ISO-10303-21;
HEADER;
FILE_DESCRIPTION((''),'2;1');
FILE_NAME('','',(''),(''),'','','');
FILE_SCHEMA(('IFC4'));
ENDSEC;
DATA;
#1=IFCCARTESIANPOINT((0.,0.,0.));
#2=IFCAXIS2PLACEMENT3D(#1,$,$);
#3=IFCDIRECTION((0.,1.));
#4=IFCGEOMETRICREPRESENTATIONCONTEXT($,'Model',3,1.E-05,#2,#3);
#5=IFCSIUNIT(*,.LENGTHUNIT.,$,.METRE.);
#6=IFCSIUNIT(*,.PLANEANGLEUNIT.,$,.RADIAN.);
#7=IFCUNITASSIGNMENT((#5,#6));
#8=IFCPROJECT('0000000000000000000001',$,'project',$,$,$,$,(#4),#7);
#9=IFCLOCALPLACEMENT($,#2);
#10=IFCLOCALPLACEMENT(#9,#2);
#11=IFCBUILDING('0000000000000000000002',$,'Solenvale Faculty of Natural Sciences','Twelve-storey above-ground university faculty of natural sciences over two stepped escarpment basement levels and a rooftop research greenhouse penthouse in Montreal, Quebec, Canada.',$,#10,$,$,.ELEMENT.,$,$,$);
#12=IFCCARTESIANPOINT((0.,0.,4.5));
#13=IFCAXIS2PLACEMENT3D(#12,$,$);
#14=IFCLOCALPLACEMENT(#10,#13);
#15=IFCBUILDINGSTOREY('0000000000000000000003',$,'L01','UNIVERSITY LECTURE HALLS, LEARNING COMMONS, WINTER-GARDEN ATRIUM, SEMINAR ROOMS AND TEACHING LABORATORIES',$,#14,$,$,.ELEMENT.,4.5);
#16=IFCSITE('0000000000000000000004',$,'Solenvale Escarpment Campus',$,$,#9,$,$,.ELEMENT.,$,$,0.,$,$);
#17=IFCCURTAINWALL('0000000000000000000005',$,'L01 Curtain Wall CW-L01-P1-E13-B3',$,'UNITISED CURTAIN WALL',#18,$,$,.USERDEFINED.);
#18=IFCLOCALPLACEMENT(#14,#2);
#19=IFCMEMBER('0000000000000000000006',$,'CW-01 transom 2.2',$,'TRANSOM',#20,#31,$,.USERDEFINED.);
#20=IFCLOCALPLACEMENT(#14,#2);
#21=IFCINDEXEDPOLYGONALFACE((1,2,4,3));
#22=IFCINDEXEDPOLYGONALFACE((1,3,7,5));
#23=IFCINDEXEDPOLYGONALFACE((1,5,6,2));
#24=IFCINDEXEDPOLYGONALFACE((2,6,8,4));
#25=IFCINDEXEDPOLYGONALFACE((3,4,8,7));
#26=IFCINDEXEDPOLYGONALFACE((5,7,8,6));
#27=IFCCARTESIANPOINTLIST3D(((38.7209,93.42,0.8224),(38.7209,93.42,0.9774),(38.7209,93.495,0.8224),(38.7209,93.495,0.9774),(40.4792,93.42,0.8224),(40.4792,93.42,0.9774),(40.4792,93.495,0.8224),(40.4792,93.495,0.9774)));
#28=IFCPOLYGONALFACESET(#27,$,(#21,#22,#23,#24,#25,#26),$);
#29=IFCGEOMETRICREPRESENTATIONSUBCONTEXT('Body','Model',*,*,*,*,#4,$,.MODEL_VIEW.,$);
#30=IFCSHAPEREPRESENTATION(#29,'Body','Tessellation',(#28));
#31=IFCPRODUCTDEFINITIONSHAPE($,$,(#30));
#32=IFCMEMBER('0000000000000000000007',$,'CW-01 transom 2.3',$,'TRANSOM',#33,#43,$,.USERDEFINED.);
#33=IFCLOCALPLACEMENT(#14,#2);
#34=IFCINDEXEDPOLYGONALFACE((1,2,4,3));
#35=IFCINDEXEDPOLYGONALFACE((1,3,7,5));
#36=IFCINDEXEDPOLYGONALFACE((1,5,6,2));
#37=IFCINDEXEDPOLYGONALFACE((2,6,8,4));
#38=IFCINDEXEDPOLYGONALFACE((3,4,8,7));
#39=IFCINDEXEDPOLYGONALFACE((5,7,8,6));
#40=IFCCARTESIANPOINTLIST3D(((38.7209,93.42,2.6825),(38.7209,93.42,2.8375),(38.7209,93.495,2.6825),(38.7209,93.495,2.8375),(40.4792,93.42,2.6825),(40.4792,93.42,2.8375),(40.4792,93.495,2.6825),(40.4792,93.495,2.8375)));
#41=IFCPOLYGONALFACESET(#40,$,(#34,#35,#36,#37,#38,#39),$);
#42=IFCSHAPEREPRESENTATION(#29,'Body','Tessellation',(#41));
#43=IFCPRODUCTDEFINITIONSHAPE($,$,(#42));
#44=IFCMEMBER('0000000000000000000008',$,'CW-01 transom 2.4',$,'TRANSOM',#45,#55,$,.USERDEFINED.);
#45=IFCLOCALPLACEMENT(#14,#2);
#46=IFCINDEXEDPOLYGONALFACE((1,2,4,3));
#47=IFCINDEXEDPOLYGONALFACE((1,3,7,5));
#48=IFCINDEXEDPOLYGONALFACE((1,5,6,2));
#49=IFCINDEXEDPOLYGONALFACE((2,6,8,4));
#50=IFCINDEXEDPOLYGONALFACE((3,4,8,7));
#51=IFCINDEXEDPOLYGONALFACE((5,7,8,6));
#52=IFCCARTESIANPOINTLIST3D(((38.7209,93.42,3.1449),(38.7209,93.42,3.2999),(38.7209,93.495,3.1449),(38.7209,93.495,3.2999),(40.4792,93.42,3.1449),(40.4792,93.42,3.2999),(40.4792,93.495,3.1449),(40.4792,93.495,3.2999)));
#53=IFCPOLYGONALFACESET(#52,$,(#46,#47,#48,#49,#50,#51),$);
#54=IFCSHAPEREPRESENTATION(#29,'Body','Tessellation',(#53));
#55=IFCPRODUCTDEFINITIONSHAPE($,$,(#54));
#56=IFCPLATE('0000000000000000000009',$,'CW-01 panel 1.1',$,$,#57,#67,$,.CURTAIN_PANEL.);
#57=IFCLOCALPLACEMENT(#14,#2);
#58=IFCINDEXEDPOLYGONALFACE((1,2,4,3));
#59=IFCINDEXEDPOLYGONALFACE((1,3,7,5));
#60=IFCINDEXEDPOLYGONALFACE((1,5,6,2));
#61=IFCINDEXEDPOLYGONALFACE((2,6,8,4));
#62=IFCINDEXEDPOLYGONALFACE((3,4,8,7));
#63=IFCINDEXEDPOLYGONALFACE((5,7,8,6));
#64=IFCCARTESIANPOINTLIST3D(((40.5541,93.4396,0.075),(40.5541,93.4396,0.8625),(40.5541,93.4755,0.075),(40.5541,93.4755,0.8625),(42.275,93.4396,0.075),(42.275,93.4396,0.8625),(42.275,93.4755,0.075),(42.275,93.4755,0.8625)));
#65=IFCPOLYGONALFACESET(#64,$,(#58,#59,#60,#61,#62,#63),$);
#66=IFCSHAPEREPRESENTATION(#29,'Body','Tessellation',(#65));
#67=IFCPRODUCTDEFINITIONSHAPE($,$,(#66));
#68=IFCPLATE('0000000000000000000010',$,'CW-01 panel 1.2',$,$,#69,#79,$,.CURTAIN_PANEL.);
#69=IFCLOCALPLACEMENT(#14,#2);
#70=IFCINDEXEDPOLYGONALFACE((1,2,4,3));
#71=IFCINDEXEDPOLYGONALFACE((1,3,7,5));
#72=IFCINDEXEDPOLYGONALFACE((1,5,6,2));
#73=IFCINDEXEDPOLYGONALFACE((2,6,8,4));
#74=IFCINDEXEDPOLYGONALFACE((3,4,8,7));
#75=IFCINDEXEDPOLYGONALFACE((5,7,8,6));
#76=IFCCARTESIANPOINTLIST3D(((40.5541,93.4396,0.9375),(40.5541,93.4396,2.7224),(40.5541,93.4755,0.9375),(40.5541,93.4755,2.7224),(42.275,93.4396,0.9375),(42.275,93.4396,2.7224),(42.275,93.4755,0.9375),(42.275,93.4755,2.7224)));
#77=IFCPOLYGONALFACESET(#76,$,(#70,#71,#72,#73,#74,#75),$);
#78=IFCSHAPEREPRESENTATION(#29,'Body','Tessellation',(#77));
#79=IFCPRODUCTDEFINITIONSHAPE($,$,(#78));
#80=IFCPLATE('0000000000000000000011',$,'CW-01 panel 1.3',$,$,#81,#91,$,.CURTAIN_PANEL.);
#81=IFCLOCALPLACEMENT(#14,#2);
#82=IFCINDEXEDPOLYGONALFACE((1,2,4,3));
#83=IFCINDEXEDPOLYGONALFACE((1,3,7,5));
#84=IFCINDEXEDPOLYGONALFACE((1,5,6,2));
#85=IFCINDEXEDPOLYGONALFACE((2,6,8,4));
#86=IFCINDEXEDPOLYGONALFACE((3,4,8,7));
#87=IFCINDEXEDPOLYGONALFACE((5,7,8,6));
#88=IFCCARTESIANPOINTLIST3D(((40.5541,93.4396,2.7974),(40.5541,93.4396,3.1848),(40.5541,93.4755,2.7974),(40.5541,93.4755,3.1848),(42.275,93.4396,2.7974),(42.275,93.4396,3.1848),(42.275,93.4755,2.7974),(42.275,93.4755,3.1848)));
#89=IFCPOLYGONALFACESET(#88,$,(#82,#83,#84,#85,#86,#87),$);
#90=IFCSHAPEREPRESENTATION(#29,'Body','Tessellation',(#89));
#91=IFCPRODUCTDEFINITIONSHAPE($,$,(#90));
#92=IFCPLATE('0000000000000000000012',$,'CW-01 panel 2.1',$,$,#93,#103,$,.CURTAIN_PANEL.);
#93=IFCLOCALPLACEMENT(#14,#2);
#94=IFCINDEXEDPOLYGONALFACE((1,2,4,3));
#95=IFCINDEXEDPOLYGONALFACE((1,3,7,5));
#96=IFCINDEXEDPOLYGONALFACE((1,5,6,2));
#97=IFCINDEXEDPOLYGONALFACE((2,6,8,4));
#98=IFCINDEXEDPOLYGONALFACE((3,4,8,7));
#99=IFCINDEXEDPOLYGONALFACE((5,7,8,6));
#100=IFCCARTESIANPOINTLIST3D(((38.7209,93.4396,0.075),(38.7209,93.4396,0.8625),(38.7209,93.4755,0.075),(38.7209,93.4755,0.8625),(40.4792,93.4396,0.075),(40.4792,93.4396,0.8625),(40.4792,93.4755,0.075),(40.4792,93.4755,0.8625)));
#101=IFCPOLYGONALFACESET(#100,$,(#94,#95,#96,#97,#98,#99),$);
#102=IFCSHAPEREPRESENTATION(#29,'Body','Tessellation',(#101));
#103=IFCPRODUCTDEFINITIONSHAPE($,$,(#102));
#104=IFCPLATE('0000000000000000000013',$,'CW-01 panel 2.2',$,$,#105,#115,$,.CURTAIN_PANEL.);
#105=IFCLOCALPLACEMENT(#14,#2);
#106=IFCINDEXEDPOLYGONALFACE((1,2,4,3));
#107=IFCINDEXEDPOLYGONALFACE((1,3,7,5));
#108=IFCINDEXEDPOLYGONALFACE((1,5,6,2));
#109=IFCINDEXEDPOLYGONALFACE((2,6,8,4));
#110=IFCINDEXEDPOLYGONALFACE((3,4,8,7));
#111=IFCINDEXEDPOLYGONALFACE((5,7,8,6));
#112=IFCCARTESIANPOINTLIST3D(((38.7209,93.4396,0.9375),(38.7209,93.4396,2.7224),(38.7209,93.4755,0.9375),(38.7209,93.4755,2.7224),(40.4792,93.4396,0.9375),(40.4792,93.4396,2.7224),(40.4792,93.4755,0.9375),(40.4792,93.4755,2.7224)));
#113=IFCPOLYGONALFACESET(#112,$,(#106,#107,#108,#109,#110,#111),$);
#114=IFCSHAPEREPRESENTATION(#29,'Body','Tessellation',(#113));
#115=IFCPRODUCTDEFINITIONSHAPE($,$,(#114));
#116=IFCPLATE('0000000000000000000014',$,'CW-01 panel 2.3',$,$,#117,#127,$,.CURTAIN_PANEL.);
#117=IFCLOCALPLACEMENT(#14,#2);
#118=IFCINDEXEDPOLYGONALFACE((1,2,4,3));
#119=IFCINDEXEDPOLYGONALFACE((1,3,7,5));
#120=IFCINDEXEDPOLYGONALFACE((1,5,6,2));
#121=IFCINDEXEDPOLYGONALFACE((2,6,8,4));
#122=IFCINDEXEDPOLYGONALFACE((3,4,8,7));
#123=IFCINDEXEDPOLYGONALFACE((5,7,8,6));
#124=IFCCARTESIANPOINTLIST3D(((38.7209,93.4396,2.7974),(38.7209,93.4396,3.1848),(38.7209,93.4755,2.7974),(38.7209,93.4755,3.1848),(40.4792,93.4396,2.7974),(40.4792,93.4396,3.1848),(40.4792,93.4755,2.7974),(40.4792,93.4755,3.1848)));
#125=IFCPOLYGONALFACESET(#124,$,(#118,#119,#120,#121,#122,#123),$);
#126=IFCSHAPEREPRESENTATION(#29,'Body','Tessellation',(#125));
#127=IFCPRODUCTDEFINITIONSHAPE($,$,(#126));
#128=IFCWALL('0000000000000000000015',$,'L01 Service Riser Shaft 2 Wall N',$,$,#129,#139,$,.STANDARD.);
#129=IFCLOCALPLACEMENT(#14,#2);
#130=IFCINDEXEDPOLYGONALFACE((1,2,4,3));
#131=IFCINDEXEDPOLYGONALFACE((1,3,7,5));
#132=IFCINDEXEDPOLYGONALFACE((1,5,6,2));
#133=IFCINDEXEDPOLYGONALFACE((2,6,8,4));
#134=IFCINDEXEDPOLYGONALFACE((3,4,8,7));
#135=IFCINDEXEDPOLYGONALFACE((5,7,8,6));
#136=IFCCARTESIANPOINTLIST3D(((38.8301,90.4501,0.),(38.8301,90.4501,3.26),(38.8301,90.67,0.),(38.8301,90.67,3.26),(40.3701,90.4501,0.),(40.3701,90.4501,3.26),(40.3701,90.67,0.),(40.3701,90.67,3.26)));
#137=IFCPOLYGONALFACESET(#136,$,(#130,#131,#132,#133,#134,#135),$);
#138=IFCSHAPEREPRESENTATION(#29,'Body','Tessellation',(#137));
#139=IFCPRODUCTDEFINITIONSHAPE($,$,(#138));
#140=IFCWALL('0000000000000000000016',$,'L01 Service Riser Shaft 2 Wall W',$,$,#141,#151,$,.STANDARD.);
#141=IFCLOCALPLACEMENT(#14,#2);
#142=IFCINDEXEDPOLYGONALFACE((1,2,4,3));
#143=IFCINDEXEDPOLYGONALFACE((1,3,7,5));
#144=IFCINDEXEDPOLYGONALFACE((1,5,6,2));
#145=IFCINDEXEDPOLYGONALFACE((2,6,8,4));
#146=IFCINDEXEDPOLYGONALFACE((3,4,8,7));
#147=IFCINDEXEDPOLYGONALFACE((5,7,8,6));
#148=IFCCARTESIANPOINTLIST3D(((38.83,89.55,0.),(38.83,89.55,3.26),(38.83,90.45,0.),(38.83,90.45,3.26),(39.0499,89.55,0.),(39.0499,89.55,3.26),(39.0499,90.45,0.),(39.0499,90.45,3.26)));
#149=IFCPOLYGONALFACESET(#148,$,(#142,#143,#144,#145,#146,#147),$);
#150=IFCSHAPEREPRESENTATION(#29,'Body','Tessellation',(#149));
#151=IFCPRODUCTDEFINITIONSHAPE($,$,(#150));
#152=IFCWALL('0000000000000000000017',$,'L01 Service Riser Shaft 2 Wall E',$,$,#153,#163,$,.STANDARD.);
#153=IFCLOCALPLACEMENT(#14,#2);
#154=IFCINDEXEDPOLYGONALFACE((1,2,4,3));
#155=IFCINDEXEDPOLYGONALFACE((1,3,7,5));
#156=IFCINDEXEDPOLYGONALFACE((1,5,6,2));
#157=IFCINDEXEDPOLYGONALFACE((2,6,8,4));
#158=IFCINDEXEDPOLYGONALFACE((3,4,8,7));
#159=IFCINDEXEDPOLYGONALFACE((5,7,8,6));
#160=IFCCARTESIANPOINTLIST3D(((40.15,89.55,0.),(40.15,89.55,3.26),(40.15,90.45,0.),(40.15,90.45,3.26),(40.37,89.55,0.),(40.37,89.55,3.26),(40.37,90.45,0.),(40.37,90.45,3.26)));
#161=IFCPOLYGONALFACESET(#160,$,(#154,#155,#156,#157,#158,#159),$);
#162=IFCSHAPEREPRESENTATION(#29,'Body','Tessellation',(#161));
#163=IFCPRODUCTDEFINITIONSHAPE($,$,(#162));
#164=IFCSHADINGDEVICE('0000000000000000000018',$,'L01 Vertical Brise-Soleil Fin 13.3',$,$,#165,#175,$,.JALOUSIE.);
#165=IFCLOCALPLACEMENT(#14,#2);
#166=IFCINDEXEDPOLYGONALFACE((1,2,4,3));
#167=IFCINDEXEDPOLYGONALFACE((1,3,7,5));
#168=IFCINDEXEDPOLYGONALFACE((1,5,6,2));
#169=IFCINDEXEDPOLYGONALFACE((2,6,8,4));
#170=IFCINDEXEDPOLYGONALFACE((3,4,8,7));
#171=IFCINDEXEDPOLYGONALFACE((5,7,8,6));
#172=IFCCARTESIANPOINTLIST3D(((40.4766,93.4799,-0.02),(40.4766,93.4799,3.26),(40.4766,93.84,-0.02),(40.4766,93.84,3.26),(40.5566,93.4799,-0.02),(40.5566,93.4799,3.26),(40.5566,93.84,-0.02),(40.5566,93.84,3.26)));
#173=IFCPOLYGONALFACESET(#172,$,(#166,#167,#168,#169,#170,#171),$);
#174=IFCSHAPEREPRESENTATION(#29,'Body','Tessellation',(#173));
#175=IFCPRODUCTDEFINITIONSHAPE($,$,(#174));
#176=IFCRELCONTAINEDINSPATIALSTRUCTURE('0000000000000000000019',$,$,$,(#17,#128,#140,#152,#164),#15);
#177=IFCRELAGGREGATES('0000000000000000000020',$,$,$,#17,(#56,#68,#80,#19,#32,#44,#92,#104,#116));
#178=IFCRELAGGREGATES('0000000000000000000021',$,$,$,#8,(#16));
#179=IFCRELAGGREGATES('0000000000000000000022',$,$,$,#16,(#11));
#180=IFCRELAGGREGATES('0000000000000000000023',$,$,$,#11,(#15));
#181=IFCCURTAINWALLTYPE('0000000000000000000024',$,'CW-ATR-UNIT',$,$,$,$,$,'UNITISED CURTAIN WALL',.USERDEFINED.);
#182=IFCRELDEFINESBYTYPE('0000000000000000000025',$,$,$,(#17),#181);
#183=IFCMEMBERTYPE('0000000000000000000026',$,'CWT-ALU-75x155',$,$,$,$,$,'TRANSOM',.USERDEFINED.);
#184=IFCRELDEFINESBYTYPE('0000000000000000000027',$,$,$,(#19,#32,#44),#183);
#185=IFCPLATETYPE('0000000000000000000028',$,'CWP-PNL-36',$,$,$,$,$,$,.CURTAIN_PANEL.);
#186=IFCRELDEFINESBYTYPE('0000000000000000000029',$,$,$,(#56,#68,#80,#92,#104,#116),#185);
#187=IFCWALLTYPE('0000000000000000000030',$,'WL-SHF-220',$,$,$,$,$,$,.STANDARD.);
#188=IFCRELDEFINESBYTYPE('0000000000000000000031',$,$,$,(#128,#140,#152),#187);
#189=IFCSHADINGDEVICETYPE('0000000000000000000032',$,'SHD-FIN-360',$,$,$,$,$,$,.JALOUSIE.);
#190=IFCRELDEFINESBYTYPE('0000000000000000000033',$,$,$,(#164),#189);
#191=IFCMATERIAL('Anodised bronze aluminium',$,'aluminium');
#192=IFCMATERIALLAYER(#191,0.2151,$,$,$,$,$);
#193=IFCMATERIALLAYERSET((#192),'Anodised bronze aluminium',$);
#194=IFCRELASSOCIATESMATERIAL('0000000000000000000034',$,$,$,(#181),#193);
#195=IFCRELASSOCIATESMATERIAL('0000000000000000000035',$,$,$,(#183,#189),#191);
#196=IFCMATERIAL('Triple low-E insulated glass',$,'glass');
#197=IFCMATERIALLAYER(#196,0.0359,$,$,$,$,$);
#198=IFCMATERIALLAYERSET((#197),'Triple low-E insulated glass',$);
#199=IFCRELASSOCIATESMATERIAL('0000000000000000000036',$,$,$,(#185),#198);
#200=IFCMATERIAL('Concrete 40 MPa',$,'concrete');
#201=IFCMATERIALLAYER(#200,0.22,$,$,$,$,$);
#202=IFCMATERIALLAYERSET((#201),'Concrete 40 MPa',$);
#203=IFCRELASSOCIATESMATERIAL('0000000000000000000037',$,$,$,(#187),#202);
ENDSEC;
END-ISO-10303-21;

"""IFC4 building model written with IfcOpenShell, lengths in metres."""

from ifc_helpers import new_model, si_unit, direction, frame, frame_2d, origin, origin_2d, place, context, subcontext, project, spatial, rectangle, extrude, material, layer, layer_set, material_profile, profile_set, type_object, element, aggregate, save


model = new_model("IFC4")

# Units and contexts
model_context = context("Model", 3, precision=1e-05, world=origin(), true_north=direction((0.0, 1.0)))
body_context = subcontext(model_context, "Body", "Model", "MODEL_VIEW")
ifc_project = project(units=[si_unit("LENGTHUNIT", "METRE"), si_unit("PLANEANGLEUNIT", "RADIAN")], contexts=[model_context])

# Site, building, storey
site_placement = place(None, origin())
site = spatial("IfcSite", under=ifc_project, at=site_placement, Name="Solenvale Escarpment Campus", CompositionType="ELEMENT", RefElevation=0.0)
building_placement = place(site_placement, origin())
building = spatial("IfcBuilding", under=site, at=building_placement, Name="Solenvale Faculty of Natural Sciences", Description="Twelve-storey above-ground university faculty of natural sciences over two stepped escarpment basement levels and a rooftop research greenhouse penthouse in Montreal, Quebec, Canada.", CompositionType="ELEMENT")
storey_placement = place(building_placement, frame((0.0, 0.0, 4.5)))
storey = spatial("IfcBuildingStorey", under=building, at=storey_placement, Name="L01", Description="UNIVERSITY LECTURE HALLS, LEARNING COMMONS, WINTER-GARDEN ATRIUM, SEMINAR ROOMS AND TEACHING LABORATORIES", CompositionType="ELEMENT", Elevation=4.5)

# Shared definitions
ifc_material_1 = material(Name="Concrete 40 MPa", Category="concrete")

# Curtain wall, members, plates
ifc_material_2 = material(Name="Anodised bronze aluminium", Category="aluminium")
ifc_layer_1 = layer(ifc_material_2, 0.2151)
ifc_layer_set_1 = layer_set([ifc_layer_1], Name="Anodised bronze aluminium")
curtain_wall_type = type_object("IfcCurtainWallType", Name="CW-ATR-UNIT", ElementType="UNITISED CURTAIN WALL", PredefinedType="USERDEFINED", material=ifc_layer_set_1)
curtain_wall_placement = place(storey_placement, origin())
curtain_wall = element("IfcCurtainWall", 1, at=curtain_wall_placement, inside=storey, type_object=curtain_wall_type, Name="L01 Curtain Wall CW-L01-P1-E13-B3", ObjectType="UNITISED CURTAIN WALL", PredefinedType="USERDEFINED")
ifc_material_profile_1 = material_profile(ifc_material_2, rectangle(XDim=0.075, YDim=0.155, at=origin_2d()), Name="ALU-TRN-75x155")
ifc_profile_set_1 = profile_set([ifc_material_profile_1], Name="Anodised bronze aluminium")
member_type_1 = type_object("IfcMemberType", Name="CWT-ALU-75x155", ElementType="TRANSOM", PredefinedType="USERDEFINED", material=ifc_profile_set_1)
member_1_placement = place(storey_placement, frame((40.4792, 93.4575, 0.8999), z_axis=(-1.0, 0.0, 0.0), x_axis=(0.0, -1.0, 0.0)))
member_1 = element("IfcMember", 2, at=member_1_placement, type_object=member_type_1, Name="CW-01 transom 2.2", ObjectType="TRANSOM", PredefinedType="USERDEFINED", context=body_context, shape_type="SweptSolid", body=[
    extrude(rectangle(XDim=0.075, YDim=0.155, at=origin_2d()), origin(), (0.0, 0.0, 1.0), 1.7583),
])
member_2_placement = place(storey_placement, frame((40.4792, 93.4575, 2.76), z_axis=(-1.0, 0.0, 0.0), x_axis=(0.0, -1.0, 0.0)))
member_2 = element("IfcMember", 3, at=member_2_placement, type_object=member_type_1, Name="CW-01 transom 2.3", ObjectType="TRANSOM", PredefinedType="USERDEFINED", context=body_context, shape_type="SweptSolid", body=[
    extrude(rectangle(XDim=0.075, YDim=0.155, at=origin_2d()), origin(), (0.0, 0.0, 1.0), 1.7583),
])
member_3_placement = place(storey_placement, frame((40.4792, 93.4575, 3.2224), z_axis=(-1.0, 0.0, 0.0), x_axis=(0.0, -1.0, 0.0)))
member_3 = element("IfcMember", 4, at=member_3_placement, type_object=member_type_1, Name="CW-01 transom 2.4", ObjectType="TRANSOM", PredefinedType="USERDEFINED", context=body_context, shape_type="SweptSolid", body=[
    extrude(rectangle(XDim=0.075, YDim=0.155, at=origin_2d()), origin(), (0.0, 0.0, 1.0), 1.7583),
])
ifc_material_3 = material(Name="Triple low-E insulated glass", Category="glass")
ifc_layer_2 = layer(ifc_material_3, 0.0359)
ifc_layer_set_2 = layer_set([ifc_layer_2], Name="Triple low-E insulated glass")
plate_type = type_object("IfcPlateType", Name="CWP-PNL-36", PredefinedType="CURTAIN_PANEL", material=ifc_layer_set_2)
plate_1_placement = place(storey_placement, frame((41.4146, 93.4575, 0.075), z_axis=(0.0, 0.0, 1.0), x_axis=(-1.0, 0.0, 0.0)))
plate_1 = element("IfcPlate", 5, at=plate_1_placement, type_object=plate_type, Name="CW-01 panel 1.1", PredefinedType="CURTAIN_PANEL", context=body_context, shape_type="SweptSolid", body=[
    extrude(rectangle(XDim=1.7209, YDim=0.0359, at=origin_2d()), origin(), (0.0, 0.0, 1.0), 0.7876),
])
plate_2_placement = place(storey_placement, frame((41.4146, 93.4575, 0.9375), z_axis=(0.0, 0.0, 1.0), x_axis=(-1.0, 0.0, 0.0)))
plate_2 = element("IfcPlate", 6, at=plate_2_placement, type_object=plate_type, Name="CW-01 panel 1.2", PredefinedType="CURTAIN_PANEL", context=body_context, shape_type="SweptSolid", body=[
    extrude(rectangle(XDim=1.7209, YDim=0.0359, at=origin_2d()), origin(), (0.0, 0.0, 1.0), 1.7849),
])
plate_3_placement = place(storey_placement, frame((41.4146, 93.4575, 2.7974), z_axis=(0.0, 0.0, 1.0), x_axis=(-1.0, 0.0, 0.0)))
plate_3 = element("IfcPlate", 7, at=plate_3_placement, type_object=plate_type, Name="CW-01 panel 1.3", PredefinedType="CURTAIN_PANEL", context=body_context, shape_type="SweptSolid", body=[
    extrude(rectangle(XDim=1.7209, YDim=0.0359, at=origin_2d()), origin(), (0.0, 0.0, 1.0), 0.3875),
])
plate_4_placement = place(storey_placement, frame((39.6001, 93.4575, 0.075), z_axis=(0.0, 0.0, 1.0), x_axis=(-1.0, 0.0, 0.0)))
plate_4 = element("IfcPlate", 8, at=plate_4_placement, type_object=plate_type, Name="CW-01 panel 2.1", PredefinedType="CURTAIN_PANEL", context=body_context, shape_type="SweptSolid", body=[
    extrude(rectangle(XDim=1.7583, YDim=0.0359, at=origin_2d()), origin(), (0.0, 0.0, 1.0), 0.7876),
])
plate_5_placement = place(storey_placement, frame((39.6001, 93.4575, 0.9375), z_axis=(0.0, 0.0, 1.0), x_axis=(-1.0, 0.0, 0.0)))
plate_5 = element("IfcPlate", 9, at=plate_5_placement, type_object=plate_type, Name="CW-01 panel 2.2", PredefinedType="CURTAIN_PANEL", context=body_context, shape_type="SweptSolid", body=[
    extrude(rectangle(XDim=1.7583, YDim=0.0359, at=origin_2d()), origin(), (0.0, 0.0, 1.0), 1.7849),
])
plate_6_placement = place(storey_placement, frame((39.6001, 93.4575, 2.7974), z_axis=(0.0, 0.0, 1.0), x_axis=(-1.0, 0.0, 0.0)))
plate_6 = element("IfcPlate", 10, at=plate_6_placement, type_object=plate_type, Name="CW-01 panel 2.3", PredefinedType="CURTAIN_PANEL", context=body_context, shape_type="SweptSolid", body=[
    extrude(rectangle(XDim=1.7583, YDim=0.0359, at=origin_2d()), origin(), (0.0, 0.0, 1.0), 0.3875),
])
aggregate(curtain_wall, [plate_1, plate_2, plate_3, member_1, member_2, member_3, plate_4, plate_5, plate_6])

# Walls
ifc_layer_3 = layer(ifc_material_1, 0.22)
ifc_layer_set_3 = layer_set([ifc_layer_3], Name="Concrete 40 MPa")
wall_type = type_object("IfcWallType", Name="WL-SHF-220", PredefinedType="STANDARD", material=ifc_layer_set_3)
wall_placement = place(storey_placement, frame((38.8301, 90.5601, 0.0), z_axis=(0.0, 0.0, 1.0), x_axis=(1.0, 0.0, 0.0)))
element("IfcWall", 11, at=wall_placement, inside=storey, type_object=wall_type, Name="L01 Service Riser Shaft 2 Wall N", PredefinedType="STANDARD", context=body_context, shape_type="SweptSolid", body=[
    extrude(rectangle(XDim=1.54, YDim=0.22, at=frame_2d((0.77, 0.0))), origin(), (0.0, 0.0, 1.0), 3.26),
])
for number, where, z_axis, x_axis, name in (
    (12, (38.9399, 89.55, 0.0), (0.0, 0.0, 1.0), (0.0, 1.0, 0.0), "L01 Service Riser Shaft 2 Wall W"),
    (13, (40.26, 89.55, 0.0), (0.0, 0.0, 1.0), (0.0, 1.0, 0.0), "L01 Service Riser Shaft 2 Wall E"),
):
    element("IfcWall", number, at=place(storey_placement, frame(where, z_axis=z_axis, x_axis=x_axis)), inside=storey, type_object=wall_type, Name=name, PredefinedType="STANDARD", context=body_context, shape_type="SweptSolid", body=[
        extrude(rectangle(XDim=0.8999, YDim=0.22, at=frame_2d((0.45, 0.0))), origin(), (0.0, 0.0, 1.0), 3.26),
    ])

# Shading device
ifc_material_profile_2 = material_profile(ifc_material_2, rectangle(XDim=0.0801, YDim=0.3601, at=origin_2d()), Name="ALU-FIN-80x360")
ifc_profile_set_2 = profile_set([ifc_material_profile_2], Name="Anodised bronze aluminium")
shading_device_type = type_object("IfcShadingDeviceType", Name="SHD-FIN-360", PredefinedType="JALOUSIE", material=ifc_profile_set_2)
shading_device_placement = place(storey_placement, frame((40.5166, 93.6599, -0.02), z_axis=(0.0, 0.0, 1.0), x_axis=(1.0, 0.0, 0.0)))
element("IfcShadingDevice", 14, at=shading_device_placement, inside=storey, type_object=shading_device_type, Name="L01 Vertical Brise-Soleil Fin 13.3", PredefinedType="JALOUSIE", context=body_context, shape_type="SweptSolid", body=[
    extrude(rectangle(XDim=0.0801, YDim=0.3601, at=origin_2d()), origin(), (0.0, 0.0, 1.0), 3.28),
])

save(model, "model.ifc")
